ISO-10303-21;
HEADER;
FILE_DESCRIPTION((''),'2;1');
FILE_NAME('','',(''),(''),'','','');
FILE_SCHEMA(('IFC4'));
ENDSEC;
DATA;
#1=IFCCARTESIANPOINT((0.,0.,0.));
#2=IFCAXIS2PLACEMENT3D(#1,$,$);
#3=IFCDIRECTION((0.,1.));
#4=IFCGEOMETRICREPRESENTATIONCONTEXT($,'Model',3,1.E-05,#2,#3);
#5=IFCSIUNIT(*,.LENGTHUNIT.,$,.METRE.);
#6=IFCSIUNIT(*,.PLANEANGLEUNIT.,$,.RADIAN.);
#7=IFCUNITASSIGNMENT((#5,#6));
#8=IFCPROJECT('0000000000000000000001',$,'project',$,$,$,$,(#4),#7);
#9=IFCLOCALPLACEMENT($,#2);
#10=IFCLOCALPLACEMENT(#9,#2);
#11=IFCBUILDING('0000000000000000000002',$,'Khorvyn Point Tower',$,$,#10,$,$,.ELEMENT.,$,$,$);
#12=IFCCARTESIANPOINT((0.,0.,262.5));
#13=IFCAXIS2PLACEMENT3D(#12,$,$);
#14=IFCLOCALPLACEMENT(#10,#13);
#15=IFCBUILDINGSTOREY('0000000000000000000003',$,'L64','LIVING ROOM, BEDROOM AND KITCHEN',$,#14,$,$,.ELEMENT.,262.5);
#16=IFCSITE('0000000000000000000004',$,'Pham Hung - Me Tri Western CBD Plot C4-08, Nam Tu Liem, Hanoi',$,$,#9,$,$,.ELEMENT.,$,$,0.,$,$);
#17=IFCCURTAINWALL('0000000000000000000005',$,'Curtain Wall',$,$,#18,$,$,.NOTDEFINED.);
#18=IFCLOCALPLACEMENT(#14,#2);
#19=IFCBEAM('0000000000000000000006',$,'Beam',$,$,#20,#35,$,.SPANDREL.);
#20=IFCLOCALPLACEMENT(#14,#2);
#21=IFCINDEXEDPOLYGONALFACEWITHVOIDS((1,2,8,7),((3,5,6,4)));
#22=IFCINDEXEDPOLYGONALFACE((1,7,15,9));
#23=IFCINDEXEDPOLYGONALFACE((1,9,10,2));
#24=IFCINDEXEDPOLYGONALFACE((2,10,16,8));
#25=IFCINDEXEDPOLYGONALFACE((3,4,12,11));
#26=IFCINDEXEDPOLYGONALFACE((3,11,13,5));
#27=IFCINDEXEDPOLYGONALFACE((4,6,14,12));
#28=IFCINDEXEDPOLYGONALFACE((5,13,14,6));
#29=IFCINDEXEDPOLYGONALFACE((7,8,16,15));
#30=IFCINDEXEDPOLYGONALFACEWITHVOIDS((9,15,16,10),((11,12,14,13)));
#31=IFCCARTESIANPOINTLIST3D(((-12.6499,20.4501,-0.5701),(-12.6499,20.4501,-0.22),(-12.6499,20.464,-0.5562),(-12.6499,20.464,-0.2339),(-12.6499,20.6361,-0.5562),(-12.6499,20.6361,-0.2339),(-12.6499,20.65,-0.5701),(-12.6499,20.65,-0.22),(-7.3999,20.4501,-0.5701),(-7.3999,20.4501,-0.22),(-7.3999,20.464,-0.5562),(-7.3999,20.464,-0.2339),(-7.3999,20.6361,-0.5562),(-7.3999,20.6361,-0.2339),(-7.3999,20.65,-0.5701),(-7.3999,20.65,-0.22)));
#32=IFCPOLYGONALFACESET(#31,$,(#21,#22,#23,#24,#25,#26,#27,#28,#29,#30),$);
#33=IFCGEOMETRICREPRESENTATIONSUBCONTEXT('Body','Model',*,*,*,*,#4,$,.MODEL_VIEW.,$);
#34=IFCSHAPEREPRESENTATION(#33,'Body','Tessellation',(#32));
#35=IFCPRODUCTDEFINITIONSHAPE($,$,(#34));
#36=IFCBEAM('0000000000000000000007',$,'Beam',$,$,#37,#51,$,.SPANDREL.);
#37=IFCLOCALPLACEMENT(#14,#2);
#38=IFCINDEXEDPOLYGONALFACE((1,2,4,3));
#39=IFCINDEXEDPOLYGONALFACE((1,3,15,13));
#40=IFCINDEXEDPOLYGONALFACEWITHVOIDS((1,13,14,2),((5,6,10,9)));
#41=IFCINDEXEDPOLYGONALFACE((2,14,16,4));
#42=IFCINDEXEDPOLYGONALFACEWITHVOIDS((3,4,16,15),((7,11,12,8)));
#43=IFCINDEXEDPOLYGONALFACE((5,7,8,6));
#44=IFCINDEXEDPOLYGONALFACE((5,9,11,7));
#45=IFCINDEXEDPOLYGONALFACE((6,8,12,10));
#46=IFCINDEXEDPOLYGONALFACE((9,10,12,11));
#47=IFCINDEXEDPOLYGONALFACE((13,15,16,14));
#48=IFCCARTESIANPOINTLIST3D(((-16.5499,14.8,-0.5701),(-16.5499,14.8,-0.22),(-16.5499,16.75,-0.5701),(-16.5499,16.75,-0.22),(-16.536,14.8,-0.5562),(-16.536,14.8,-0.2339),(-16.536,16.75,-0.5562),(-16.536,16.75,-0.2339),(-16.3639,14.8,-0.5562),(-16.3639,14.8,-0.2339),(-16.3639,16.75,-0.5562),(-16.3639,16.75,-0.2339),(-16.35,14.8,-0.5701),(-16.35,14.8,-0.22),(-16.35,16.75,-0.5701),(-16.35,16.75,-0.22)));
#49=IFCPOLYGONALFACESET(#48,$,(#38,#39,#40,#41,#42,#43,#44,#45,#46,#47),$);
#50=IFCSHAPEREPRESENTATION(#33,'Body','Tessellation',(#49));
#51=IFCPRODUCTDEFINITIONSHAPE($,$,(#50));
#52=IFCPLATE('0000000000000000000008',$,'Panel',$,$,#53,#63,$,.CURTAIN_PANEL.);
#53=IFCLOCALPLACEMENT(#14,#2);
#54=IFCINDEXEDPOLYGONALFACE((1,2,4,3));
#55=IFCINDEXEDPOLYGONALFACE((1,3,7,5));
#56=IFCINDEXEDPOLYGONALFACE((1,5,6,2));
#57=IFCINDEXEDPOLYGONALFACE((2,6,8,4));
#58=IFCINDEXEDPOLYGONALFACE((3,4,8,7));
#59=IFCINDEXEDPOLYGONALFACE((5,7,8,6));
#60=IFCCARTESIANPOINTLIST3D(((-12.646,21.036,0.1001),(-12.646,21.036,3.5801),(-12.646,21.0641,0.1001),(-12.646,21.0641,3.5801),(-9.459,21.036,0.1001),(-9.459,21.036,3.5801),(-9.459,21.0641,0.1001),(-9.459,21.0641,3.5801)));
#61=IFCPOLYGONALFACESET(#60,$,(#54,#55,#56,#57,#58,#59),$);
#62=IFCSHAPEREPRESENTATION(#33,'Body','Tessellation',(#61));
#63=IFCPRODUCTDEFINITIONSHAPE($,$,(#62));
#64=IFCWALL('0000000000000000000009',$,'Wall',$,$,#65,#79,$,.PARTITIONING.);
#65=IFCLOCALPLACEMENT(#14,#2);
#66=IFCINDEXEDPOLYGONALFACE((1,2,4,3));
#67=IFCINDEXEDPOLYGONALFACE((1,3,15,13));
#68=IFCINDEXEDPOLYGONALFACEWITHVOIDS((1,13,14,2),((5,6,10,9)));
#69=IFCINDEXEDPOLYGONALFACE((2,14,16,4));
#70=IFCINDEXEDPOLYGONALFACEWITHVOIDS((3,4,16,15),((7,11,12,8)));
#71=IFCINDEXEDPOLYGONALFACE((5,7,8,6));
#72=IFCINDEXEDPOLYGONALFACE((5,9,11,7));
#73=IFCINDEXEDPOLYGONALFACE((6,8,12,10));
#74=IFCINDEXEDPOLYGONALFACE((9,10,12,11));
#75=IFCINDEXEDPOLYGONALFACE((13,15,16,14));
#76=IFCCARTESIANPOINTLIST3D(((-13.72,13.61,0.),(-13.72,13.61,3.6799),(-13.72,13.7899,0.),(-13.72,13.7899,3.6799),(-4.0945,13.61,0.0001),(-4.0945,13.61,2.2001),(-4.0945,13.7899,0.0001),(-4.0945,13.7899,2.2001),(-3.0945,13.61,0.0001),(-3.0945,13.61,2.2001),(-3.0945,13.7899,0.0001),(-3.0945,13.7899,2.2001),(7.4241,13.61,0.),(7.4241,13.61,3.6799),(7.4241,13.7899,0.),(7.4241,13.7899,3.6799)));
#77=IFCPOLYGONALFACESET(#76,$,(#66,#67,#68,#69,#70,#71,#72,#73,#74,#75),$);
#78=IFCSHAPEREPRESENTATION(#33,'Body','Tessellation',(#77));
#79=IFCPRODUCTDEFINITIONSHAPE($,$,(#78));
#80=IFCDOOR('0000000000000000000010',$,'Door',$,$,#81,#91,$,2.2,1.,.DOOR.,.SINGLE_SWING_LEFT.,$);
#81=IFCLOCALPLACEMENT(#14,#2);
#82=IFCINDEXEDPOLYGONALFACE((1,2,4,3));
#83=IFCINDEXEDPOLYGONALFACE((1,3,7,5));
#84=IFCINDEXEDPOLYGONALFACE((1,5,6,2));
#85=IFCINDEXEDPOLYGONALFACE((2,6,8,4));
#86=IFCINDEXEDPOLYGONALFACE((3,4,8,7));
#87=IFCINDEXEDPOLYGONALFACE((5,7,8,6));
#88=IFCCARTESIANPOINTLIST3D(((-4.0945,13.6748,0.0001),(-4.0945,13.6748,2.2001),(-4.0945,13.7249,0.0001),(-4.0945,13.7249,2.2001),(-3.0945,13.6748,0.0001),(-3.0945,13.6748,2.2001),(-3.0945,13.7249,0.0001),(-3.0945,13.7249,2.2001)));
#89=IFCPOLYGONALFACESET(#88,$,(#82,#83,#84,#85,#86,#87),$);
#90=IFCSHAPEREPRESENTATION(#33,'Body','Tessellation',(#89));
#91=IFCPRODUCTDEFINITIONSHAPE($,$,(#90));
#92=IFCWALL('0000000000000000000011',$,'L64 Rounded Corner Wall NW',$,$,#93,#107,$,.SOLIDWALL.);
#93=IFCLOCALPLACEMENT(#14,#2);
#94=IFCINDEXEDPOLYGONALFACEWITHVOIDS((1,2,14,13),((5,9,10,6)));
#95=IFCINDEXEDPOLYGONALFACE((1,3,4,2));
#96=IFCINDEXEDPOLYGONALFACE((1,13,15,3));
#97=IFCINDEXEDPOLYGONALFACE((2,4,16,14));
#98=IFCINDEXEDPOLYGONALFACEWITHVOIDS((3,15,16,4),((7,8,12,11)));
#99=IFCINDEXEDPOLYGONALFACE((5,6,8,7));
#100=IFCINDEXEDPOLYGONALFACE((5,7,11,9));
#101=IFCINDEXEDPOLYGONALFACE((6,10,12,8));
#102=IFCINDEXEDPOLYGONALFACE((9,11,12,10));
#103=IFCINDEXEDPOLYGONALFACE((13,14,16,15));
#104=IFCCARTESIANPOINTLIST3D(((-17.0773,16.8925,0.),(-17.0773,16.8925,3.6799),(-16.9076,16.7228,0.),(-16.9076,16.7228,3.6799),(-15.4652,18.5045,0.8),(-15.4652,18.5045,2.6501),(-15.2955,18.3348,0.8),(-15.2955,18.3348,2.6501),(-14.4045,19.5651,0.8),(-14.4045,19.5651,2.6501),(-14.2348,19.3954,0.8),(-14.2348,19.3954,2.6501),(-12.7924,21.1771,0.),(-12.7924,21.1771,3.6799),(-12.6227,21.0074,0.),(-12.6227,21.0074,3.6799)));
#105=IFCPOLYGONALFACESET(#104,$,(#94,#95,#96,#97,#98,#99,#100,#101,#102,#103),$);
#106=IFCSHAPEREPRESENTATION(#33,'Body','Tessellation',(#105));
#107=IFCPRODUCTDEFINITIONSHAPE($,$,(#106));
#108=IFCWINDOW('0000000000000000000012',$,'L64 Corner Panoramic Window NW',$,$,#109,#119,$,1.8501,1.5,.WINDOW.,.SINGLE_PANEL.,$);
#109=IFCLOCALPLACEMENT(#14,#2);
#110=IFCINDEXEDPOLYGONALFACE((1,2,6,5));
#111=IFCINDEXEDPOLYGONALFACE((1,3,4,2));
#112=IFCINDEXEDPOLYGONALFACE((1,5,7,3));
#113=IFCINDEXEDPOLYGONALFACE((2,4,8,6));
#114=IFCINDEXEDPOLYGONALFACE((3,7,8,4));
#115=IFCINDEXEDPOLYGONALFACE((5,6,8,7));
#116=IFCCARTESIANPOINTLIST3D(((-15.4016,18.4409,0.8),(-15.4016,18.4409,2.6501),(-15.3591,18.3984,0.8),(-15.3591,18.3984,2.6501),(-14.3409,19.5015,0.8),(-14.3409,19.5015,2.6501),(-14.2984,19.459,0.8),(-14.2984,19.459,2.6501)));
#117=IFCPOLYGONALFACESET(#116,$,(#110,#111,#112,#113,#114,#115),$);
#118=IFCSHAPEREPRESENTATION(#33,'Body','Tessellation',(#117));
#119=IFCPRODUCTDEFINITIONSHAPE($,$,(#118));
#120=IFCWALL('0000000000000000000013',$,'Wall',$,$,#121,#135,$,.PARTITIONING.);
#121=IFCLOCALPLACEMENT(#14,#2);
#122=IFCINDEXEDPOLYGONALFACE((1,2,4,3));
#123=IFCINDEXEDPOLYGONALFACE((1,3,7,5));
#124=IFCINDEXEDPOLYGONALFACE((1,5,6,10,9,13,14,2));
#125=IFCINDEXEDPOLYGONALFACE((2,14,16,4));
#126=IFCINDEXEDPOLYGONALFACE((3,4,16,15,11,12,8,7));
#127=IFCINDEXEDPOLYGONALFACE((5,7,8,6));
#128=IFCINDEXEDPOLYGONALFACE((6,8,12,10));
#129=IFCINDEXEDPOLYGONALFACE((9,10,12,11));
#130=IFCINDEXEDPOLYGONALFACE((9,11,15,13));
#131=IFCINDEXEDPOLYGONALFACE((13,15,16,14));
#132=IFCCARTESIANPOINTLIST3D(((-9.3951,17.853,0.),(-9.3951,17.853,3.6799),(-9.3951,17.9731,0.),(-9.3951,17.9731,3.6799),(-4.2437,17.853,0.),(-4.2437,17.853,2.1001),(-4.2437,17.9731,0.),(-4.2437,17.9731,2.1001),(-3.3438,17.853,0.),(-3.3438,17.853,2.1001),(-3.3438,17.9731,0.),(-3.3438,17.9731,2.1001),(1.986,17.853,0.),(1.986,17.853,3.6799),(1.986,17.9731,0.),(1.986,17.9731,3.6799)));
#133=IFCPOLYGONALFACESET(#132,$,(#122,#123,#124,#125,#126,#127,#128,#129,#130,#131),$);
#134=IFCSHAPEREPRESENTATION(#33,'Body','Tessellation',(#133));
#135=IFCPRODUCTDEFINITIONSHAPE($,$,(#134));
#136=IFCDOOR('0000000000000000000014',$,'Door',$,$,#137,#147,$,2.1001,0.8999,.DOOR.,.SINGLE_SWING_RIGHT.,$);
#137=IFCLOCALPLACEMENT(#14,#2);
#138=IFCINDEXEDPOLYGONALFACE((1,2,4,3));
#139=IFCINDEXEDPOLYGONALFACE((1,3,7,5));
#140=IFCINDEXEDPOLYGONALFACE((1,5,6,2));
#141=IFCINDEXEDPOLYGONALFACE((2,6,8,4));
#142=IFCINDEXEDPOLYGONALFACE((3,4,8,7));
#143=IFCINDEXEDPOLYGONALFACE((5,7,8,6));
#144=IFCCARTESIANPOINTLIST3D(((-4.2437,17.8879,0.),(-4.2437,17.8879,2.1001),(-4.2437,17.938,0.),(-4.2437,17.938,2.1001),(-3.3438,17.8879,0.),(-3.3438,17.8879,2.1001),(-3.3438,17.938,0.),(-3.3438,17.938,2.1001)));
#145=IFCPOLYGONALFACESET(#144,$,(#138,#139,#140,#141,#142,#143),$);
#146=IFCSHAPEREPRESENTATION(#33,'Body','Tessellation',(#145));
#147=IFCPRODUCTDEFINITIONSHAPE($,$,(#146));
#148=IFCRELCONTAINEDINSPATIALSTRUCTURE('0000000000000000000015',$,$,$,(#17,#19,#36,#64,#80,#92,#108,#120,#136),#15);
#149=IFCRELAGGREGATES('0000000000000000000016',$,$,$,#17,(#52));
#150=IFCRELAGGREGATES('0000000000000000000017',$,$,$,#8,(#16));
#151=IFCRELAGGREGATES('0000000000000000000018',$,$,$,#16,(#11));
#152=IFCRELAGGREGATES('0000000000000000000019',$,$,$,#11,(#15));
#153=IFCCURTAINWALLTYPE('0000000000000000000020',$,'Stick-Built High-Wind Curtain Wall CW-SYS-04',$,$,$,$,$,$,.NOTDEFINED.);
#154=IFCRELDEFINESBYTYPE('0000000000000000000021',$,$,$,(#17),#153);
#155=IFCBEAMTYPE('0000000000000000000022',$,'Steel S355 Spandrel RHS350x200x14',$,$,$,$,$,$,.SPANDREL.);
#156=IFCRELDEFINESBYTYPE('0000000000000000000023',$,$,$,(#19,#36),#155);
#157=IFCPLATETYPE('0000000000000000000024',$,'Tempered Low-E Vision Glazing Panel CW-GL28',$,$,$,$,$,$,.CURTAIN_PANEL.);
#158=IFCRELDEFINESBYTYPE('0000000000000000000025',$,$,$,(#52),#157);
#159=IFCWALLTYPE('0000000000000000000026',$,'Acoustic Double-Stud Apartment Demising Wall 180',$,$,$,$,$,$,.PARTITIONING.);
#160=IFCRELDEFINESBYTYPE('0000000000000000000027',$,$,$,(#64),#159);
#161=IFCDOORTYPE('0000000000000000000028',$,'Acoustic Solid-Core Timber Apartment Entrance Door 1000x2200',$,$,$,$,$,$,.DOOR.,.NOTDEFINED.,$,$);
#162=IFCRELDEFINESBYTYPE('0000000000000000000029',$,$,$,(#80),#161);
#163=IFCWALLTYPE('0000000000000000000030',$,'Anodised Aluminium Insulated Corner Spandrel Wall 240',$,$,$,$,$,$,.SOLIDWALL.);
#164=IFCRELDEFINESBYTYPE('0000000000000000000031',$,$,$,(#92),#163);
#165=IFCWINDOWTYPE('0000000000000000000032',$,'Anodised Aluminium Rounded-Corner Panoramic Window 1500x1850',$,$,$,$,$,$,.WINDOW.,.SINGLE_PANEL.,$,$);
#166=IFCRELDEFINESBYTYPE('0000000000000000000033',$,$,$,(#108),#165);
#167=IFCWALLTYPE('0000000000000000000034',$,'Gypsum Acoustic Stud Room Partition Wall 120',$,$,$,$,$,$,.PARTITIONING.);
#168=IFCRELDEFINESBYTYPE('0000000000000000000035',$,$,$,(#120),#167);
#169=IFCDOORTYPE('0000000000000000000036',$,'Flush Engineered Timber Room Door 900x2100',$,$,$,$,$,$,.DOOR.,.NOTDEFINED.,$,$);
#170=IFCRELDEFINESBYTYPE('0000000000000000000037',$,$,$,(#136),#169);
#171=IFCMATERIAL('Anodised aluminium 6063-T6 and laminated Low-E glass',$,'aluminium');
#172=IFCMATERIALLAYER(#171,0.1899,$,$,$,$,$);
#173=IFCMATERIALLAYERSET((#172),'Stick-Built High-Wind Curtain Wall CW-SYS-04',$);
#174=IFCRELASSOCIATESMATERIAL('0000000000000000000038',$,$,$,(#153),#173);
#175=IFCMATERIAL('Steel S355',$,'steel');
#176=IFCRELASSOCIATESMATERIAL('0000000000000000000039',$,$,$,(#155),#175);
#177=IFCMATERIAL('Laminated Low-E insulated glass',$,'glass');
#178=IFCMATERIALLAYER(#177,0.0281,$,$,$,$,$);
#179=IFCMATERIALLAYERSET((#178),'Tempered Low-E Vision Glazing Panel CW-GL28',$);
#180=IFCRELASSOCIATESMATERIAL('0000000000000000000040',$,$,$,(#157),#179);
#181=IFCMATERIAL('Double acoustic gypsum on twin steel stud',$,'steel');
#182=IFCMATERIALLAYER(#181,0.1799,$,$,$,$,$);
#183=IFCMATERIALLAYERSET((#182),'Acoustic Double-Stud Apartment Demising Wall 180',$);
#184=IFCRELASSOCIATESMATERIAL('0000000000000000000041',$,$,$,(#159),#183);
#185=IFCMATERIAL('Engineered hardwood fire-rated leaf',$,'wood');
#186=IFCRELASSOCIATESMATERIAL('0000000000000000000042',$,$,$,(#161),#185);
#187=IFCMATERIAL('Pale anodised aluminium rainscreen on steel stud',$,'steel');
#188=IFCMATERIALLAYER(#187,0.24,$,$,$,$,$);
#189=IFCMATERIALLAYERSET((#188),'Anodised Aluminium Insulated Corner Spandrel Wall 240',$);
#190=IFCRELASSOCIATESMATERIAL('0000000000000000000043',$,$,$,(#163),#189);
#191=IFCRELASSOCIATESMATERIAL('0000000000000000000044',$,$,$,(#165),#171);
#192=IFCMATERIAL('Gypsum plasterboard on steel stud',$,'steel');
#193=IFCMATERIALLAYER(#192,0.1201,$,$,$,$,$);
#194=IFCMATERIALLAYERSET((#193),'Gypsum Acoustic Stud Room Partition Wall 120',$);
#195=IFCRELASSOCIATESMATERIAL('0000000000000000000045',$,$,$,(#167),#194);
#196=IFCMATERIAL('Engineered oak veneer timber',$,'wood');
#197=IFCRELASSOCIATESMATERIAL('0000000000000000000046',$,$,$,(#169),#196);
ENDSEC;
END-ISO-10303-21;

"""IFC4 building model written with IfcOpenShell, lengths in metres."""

from ifc_helpers import new_model, si_unit, direction, frame, frame_2d, origin, origin_2d, place, context, subcontext, project, spatial, rectangle, hollow_rectangle, extrude, material, layer, layer_set, material_profile, profile_set, type_object, element, fill, aggregate, save


model = new_model("IFC4")

# Units and contexts
model_context = context("Model", 3, precision=1e-05, world=origin(), true_north=direction((0.0, 1.0)))
body_context = subcontext(model_context, "Body", "Model", "MODEL_VIEW")
ifc_project = project(units=[si_unit("LENGTHUNIT", "METRE"), si_unit("PLANEANGLEUNIT", "RADIAN")], contexts=[model_context])

# Site, building, storey
site_placement = place(None, origin())
site = spatial("IfcSite", under=ifc_project, at=site_placement, Name="Pham Hung - Me Tri Western CBD Plot C4-08, Nam Tu Liem, Hanoi", CompositionType="ELEMENT", RefElevation=0.0)
building_placement = place(site_placement, origin())
building = spatial("IfcBuilding", under=site, at=building_placement, Name="Khorvyn Point Tower", CompositionType="ELEMENT")
storey_placement = place(building_placement, frame((0.0, 0.0, 262.5)))
storey = spatial("IfcBuildingStorey", under=building, at=storey_placement, Name="L64", Description="LIVING ROOM, BEDROOM AND KITCHEN", CompositionType="ELEMENT", Elevation=262.5)

# Shared definitions
ifc_material_1 = material(Name="Steel S355", Category="steel")

# Curtain wall
ifc_material_2 = material(Name="Anodised aluminium 6063-T6 and laminated Low-E glass", Category="aluminium")
ifc_layer_1 = layer(ifc_material_2, 0.1899)
ifc_layer_set_1 = layer_set([ifc_layer_1], Name="Stick-Built High-Wind Curtain Wall CW-SYS-04")
curtain_wall_type = type_object("IfcCurtainWallType", Name="Stick-Built High-Wind Curtain Wall CW-SYS-04", PredefinedType="NOTDEFINED", material=ifc_layer_set_1)
curtain_wall_1_placement = place(storey_placement, origin())
curtain_wall_1 = element("IfcCurtainWall", 1, at=curtain_wall_1_placement, inside=storey, type_object=curtain_wall_type, Name="Curtain Wall", PredefinedType="NOTDEFINED")

# Beams
ifc_material_profile_1 = material_profile(ifc_material_1, hollow_rectangle(XDim=0.2, YDim=0.3501, WallThickness=0.0139, at=origin_2d()))
ifc_profile_set_1 = profile_set([ifc_material_profile_1], Name="Steel S355 RHS350x200x14")
beam_type_1 = type_object("IfcBeamType", Name="Steel S355 Spandrel RHS350x200x14", PredefinedType="SPANDREL", material=ifc_profile_set_1)
beam_1_placement = place(storey_placement, frame((-12.6499, 20.55, -0.395), z_axis=(1.0, 0.0, 0.0), x_axis=(0.0, 1.0, 0.0)))
element("IfcBeam", 2, at=beam_1_placement, inside=storey, type_object=beam_type_1, Name="Beam", PredefinedType="SPANDREL", context=body_context, shape_type="SweptSolid", body=[
    extrude(hollow_rectangle(XDim=0.2, YDim=0.3501, WallThickness=0.0139, at=origin_2d()), origin(), (0.0, 0.0, 1.0), 5.25),
])
beam_2_placement = place(storey_placement, frame((-16.45, 14.8, -0.395), z_axis=(0.0, 1.0, 0.0), x_axis=(-1.0, 0.0, 0.0)))
element("IfcBeam", 3, at=beam_2_placement, inside=storey, type_object=beam_type_1, Name="Beam", PredefinedType="SPANDREL", context=body_context, shape_type="SweptSolid", body=[
    extrude(hollow_rectangle(XDim=0.2, YDim=0.3501, WallThickness=0.0139, at=origin_2d()), origin(), (0.0, 0.0, 1.0), 1.95),
])

# Plate
ifc_material_3 = material(Name="Laminated Low-E insulated glass", Category="glass")
ifc_layer_2 = layer(ifc_material_3, 0.0281)
ifc_layer_set_2 = layer_set([ifc_layer_2], Name="Tempered Low-E Vision Glazing Panel CW-GL28")
plate_type = type_object("IfcPlateType", Name="Tempered Low-E Vision Glazing Panel CW-GL28", PredefinedType="CURTAIN_PANEL", material=ifc_layer_set_2)
plate_placement = place(storey_placement, frame((-11.0525, 21.05, 0.1001), z_axis=(0.0, 0.0, 1.0), x_axis=(1.0, 0.0, 0.0)))
plate = element("IfcPlate", 4, at=plate_placement, type_object=plate_type, Name="Panel", PredefinedType="CURTAIN_PANEL", context=body_context, shape_type="SweptSolid", body=[
    extrude(rectangle(XDim=3.187, YDim=0.0281, at=origin_2d()), origin(), (0.0, 0.0, 1.0), 3.48),
])
aggregate(curtain_wall_1, [plate])

# Wall, opening, door
ifc_material_4 = material(Name="Double acoustic gypsum on twin steel stud", Category="steel")
ifc_layer_3 = layer(ifc_material_4, 0.1799)
ifc_layer_set_3 = layer_set([ifc_layer_3], Name="Acoustic Double-Stud Apartment Demising Wall 180")
wall_type_1 = type_object("IfcWallType", Name="Acoustic Double-Stud Apartment Demising Wall 180", PredefinedType="PARTITIONING", material=ifc_layer_set_3)
wall_1_placement = place(storey_placement, frame((-13.72, 13.7, 0.0), z_axis=(0.0, 0.0, 1.0), x_axis=(1.0, 0.0, 0.0)))
wall_1 = element("IfcWall", 5, at=wall_1_placement, inside=storey, type_object=wall_type_1, Name="Wall", PredefinedType="PARTITIONING", context=body_context, shape_type="SweptSolid", body=[
    extrude(rectangle(XDim=21.144, YDim=0.1799, at=frame_2d((10.572, 0.0))), origin(), (0.0, 0.0, 1.0), 3.6799),
])
opening_1_placement = place(wall_1_placement, frame((9.6255, 0.0, 0.0)))
opening_1 = element("IfcOpeningElement", 6, at=opening_1_placement, cuts=wall_1, PredefinedType="OPENING", context=body_context, shape_type="SweptSolid", body=[
    extrude(rectangle(XDim=1.0, YDim=2.2, at=frame_2d((0.5, 1.1001))), frame((0.0, 0.0999, 0.0), z_axis=(0.0, -1.0, 0.0), x_axis=(1.0, 0.0, 0.0)), (0.0, 0.0, 1.0), 0.2),
])
ifc_material_5 = material(Name="Engineered hardwood fire-rated leaf", Category="wood")
door_type_1 = type_object("IfcDoorType", Name="Acoustic Solid-Core Timber Apartment Entrance Door 1000x2200", OperationType="NOTDEFINED", PredefinedType="DOOR", material=ifc_material_5)
door_1_placement = place(opening_1_placement, origin())
door_1 = element("IfcDoor", 7, at=door_1_placement, inside=storey, type_object=door_type_1, Name="Door", OperationType="SINGLE_SWING_LEFT", OverallHeight=2.2, OverallWidth=1.0, PredefinedType="DOOR", context=body_context, shape_type="SweptSolid", body=[
    extrude(rectangle(XDim=1.0, YDim=2.2, at=frame_2d((0.5, 1.1001))), frame((0.0, 0.0249, 0.0), z_axis=(0.0, -1.0, 0.0), x_axis=(1.0, 0.0, 0.0)), (0.0, 0.0, 1.0), 0.05),
])
fill(opening_1, door_1)

# Wall, opening, window
ifc_material_6 = material(Name="Pale anodised aluminium rainscreen on steel stud", Category="steel")
ifc_layer_4 = layer(ifc_material_6, 0.24)
ifc_layer_set_4 = layer_set([ifc_layer_4], Name="Anodised Aluminium Insulated Corner Spandrel Wall 240")
wall_type_2 = type_object("IfcWallType", Name="Anodised Aluminium Insulated Corner Spandrel Wall 240", PredefinedType="SOLIDWALL", material=ifc_layer_set_4)
wall_2_placement = place(storey_placement, frame((-16.9924, 16.8076, 0.0), z_axis=(0.0, 0.0, 1.0), x_axis=(0.707127, 0.707087, 0.0)))
wall_2 = element("IfcWall", 8, at=wall_2_placement, inside=storey, type_object=wall_type_2, Name="L64 Rounded Corner Wall NW", PredefinedType="SOLIDWALL", context=body_context, shape_type="SweptSolid", body=[
    extrude(rectangle(XDim=6.0596, YDim=0.24, at=frame_2d((3.0298, 0.0))), origin(), (0.0, 0.0, 1.0), 3.6799),
])
opening_2_placement = place(wall_2_placement, frame((2.2798, 0.0, 0.8)))
opening_2 = element("IfcOpeningElement", 9, at=opening_2_placement, cuts=wall_2, PredefinedType="OPENING", context=body_context, shape_type="SweptSolid", body=[
    extrude(rectangle(XDim=1.5, YDim=1.8501, at=frame_2d((0.75, 0.925))), frame((0.0, 0.1299, 0.0), z_axis=(0.0, -1.0, 0.0), x_axis=(1.0, 0.0, 0.0)), (0.0, 0.0, 1.0), 0.26),
])
window_type = type_object("IfcWindowType", Name="Anodised Aluminium Rounded-Corner Panoramic Window 1500x1850", PartitioningType="SINGLE_PANEL", PredefinedType="WINDOW", material=ifc_material_2)
window_placement = place(opening_2_placement, origin())
window = element("IfcWindow", 10, at=window_placement, inside=storey, type_object=window_type, Name="L64 Corner Panoramic Window NW", OverallHeight=1.8501, OverallWidth=1.5, PartitioningType="SINGLE_PANEL", PredefinedType="WINDOW", context=body_context, shape_type="SweptSolid", body=[
    extrude(rectangle(XDim=1.5, YDim=1.8501, at=frame_2d((0.75, 0.925))), frame((0.0, 0.03, 0.0), z_axis=(0.0, -1.0, 0.0), x_axis=(1.0, 0.0, 0.0)), (0.0, 0.0, 1.0), 0.0601),
])
fill(opening_2, window)

# Wall, opening, door
ifc_material_7 = material(Name="Gypsum plasterboard on steel stud", Category="steel")
ifc_layer_5 = layer(ifc_material_7, 0.1201)
ifc_layer_set_5 = layer_set([ifc_layer_5], Name="Gypsum Acoustic Stud Room Partition Wall 120")
wall_type_3 = type_object("IfcWallType", Name="Gypsum Acoustic Stud Room Partition Wall 120", PredefinedType="PARTITIONING", material=ifc_layer_set_5)
wall_3_placement = place(storey_placement, frame((-9.395, 17.9131, 0.0), z_axis=(0.0, 0.0, 1.0), x_axis=(1.0, 0.0, 0.0)))
wall_3 = element("IfcWall", 11, at=wall_3_placement, inside=storey, type_object=wall_type_3, Name="Wall", PredefinedType="PARTITIONING", context=body_context, shape_type="SweptSolid", body=[
    extrude(rectangle(XDim=11.3811, YDim=0.1201, at=frame_2d((5.6904, 0.0))), origin(), (0.0, 0.0, 1.0), 3.6799),
])
opening_3_placement = place(wall_3_placement, frame((5.1514, 0.0, 0.0)))
opening_3 = element("IfcOpeningElement", 12, at=opening_3_placement, cuts=wall_3, PredefinedType="OPENING", context=body_context, shape_type="SweptSolid", body=[
    extrude(rectangle(XDim=0.8999, YDim=2.1001, at=frame_2d((0.45, 1.05))), frame((0.0, 0.0701, 0.0), z_axis=(0.0, -1.0, 0.0), x_axis=(1.0, 0.0, 0.0)), (0.0, 0.0, 1.0), 0.1401),
])
ifc_material_8 = material(Name="Engineered oak veneer timber", Category="wood")
door_type_2 = type_object("IfcDoorType", Name="Flush Engineered Timber Room Door 900x2100", OperationType="NOTDEFINED", PredefinedType="DOOR", material=ifc_material_8)
door_2_placement = place(opening_3_placement, origin())
door_2 = element("IfcDoor", 13, at=door_2_placement, inside=storey, type_object=door_type_2, Name="Door", OperationType="SINGLE_SWING_RIGHT", OverallHeight=2.1001, OverallWidth=0.8999, PredefinedType="DOOR", context=body_context, shape_type="SweptSolid", body=[
    extrude(rectangle(XDim=0.8999, YDim=2.1001, at=frame_2d((0.45, 1.05))), frame((0.0, 0.0249, 0.0), z_axis=(0.0, -1.0, 0.0), x_axis=(1.0, 0.0, 0.0)), (0.0, 0.0, 1.0), 0.05),
])
fill(opening_3, door_2)

save(model, "model.ifc")
